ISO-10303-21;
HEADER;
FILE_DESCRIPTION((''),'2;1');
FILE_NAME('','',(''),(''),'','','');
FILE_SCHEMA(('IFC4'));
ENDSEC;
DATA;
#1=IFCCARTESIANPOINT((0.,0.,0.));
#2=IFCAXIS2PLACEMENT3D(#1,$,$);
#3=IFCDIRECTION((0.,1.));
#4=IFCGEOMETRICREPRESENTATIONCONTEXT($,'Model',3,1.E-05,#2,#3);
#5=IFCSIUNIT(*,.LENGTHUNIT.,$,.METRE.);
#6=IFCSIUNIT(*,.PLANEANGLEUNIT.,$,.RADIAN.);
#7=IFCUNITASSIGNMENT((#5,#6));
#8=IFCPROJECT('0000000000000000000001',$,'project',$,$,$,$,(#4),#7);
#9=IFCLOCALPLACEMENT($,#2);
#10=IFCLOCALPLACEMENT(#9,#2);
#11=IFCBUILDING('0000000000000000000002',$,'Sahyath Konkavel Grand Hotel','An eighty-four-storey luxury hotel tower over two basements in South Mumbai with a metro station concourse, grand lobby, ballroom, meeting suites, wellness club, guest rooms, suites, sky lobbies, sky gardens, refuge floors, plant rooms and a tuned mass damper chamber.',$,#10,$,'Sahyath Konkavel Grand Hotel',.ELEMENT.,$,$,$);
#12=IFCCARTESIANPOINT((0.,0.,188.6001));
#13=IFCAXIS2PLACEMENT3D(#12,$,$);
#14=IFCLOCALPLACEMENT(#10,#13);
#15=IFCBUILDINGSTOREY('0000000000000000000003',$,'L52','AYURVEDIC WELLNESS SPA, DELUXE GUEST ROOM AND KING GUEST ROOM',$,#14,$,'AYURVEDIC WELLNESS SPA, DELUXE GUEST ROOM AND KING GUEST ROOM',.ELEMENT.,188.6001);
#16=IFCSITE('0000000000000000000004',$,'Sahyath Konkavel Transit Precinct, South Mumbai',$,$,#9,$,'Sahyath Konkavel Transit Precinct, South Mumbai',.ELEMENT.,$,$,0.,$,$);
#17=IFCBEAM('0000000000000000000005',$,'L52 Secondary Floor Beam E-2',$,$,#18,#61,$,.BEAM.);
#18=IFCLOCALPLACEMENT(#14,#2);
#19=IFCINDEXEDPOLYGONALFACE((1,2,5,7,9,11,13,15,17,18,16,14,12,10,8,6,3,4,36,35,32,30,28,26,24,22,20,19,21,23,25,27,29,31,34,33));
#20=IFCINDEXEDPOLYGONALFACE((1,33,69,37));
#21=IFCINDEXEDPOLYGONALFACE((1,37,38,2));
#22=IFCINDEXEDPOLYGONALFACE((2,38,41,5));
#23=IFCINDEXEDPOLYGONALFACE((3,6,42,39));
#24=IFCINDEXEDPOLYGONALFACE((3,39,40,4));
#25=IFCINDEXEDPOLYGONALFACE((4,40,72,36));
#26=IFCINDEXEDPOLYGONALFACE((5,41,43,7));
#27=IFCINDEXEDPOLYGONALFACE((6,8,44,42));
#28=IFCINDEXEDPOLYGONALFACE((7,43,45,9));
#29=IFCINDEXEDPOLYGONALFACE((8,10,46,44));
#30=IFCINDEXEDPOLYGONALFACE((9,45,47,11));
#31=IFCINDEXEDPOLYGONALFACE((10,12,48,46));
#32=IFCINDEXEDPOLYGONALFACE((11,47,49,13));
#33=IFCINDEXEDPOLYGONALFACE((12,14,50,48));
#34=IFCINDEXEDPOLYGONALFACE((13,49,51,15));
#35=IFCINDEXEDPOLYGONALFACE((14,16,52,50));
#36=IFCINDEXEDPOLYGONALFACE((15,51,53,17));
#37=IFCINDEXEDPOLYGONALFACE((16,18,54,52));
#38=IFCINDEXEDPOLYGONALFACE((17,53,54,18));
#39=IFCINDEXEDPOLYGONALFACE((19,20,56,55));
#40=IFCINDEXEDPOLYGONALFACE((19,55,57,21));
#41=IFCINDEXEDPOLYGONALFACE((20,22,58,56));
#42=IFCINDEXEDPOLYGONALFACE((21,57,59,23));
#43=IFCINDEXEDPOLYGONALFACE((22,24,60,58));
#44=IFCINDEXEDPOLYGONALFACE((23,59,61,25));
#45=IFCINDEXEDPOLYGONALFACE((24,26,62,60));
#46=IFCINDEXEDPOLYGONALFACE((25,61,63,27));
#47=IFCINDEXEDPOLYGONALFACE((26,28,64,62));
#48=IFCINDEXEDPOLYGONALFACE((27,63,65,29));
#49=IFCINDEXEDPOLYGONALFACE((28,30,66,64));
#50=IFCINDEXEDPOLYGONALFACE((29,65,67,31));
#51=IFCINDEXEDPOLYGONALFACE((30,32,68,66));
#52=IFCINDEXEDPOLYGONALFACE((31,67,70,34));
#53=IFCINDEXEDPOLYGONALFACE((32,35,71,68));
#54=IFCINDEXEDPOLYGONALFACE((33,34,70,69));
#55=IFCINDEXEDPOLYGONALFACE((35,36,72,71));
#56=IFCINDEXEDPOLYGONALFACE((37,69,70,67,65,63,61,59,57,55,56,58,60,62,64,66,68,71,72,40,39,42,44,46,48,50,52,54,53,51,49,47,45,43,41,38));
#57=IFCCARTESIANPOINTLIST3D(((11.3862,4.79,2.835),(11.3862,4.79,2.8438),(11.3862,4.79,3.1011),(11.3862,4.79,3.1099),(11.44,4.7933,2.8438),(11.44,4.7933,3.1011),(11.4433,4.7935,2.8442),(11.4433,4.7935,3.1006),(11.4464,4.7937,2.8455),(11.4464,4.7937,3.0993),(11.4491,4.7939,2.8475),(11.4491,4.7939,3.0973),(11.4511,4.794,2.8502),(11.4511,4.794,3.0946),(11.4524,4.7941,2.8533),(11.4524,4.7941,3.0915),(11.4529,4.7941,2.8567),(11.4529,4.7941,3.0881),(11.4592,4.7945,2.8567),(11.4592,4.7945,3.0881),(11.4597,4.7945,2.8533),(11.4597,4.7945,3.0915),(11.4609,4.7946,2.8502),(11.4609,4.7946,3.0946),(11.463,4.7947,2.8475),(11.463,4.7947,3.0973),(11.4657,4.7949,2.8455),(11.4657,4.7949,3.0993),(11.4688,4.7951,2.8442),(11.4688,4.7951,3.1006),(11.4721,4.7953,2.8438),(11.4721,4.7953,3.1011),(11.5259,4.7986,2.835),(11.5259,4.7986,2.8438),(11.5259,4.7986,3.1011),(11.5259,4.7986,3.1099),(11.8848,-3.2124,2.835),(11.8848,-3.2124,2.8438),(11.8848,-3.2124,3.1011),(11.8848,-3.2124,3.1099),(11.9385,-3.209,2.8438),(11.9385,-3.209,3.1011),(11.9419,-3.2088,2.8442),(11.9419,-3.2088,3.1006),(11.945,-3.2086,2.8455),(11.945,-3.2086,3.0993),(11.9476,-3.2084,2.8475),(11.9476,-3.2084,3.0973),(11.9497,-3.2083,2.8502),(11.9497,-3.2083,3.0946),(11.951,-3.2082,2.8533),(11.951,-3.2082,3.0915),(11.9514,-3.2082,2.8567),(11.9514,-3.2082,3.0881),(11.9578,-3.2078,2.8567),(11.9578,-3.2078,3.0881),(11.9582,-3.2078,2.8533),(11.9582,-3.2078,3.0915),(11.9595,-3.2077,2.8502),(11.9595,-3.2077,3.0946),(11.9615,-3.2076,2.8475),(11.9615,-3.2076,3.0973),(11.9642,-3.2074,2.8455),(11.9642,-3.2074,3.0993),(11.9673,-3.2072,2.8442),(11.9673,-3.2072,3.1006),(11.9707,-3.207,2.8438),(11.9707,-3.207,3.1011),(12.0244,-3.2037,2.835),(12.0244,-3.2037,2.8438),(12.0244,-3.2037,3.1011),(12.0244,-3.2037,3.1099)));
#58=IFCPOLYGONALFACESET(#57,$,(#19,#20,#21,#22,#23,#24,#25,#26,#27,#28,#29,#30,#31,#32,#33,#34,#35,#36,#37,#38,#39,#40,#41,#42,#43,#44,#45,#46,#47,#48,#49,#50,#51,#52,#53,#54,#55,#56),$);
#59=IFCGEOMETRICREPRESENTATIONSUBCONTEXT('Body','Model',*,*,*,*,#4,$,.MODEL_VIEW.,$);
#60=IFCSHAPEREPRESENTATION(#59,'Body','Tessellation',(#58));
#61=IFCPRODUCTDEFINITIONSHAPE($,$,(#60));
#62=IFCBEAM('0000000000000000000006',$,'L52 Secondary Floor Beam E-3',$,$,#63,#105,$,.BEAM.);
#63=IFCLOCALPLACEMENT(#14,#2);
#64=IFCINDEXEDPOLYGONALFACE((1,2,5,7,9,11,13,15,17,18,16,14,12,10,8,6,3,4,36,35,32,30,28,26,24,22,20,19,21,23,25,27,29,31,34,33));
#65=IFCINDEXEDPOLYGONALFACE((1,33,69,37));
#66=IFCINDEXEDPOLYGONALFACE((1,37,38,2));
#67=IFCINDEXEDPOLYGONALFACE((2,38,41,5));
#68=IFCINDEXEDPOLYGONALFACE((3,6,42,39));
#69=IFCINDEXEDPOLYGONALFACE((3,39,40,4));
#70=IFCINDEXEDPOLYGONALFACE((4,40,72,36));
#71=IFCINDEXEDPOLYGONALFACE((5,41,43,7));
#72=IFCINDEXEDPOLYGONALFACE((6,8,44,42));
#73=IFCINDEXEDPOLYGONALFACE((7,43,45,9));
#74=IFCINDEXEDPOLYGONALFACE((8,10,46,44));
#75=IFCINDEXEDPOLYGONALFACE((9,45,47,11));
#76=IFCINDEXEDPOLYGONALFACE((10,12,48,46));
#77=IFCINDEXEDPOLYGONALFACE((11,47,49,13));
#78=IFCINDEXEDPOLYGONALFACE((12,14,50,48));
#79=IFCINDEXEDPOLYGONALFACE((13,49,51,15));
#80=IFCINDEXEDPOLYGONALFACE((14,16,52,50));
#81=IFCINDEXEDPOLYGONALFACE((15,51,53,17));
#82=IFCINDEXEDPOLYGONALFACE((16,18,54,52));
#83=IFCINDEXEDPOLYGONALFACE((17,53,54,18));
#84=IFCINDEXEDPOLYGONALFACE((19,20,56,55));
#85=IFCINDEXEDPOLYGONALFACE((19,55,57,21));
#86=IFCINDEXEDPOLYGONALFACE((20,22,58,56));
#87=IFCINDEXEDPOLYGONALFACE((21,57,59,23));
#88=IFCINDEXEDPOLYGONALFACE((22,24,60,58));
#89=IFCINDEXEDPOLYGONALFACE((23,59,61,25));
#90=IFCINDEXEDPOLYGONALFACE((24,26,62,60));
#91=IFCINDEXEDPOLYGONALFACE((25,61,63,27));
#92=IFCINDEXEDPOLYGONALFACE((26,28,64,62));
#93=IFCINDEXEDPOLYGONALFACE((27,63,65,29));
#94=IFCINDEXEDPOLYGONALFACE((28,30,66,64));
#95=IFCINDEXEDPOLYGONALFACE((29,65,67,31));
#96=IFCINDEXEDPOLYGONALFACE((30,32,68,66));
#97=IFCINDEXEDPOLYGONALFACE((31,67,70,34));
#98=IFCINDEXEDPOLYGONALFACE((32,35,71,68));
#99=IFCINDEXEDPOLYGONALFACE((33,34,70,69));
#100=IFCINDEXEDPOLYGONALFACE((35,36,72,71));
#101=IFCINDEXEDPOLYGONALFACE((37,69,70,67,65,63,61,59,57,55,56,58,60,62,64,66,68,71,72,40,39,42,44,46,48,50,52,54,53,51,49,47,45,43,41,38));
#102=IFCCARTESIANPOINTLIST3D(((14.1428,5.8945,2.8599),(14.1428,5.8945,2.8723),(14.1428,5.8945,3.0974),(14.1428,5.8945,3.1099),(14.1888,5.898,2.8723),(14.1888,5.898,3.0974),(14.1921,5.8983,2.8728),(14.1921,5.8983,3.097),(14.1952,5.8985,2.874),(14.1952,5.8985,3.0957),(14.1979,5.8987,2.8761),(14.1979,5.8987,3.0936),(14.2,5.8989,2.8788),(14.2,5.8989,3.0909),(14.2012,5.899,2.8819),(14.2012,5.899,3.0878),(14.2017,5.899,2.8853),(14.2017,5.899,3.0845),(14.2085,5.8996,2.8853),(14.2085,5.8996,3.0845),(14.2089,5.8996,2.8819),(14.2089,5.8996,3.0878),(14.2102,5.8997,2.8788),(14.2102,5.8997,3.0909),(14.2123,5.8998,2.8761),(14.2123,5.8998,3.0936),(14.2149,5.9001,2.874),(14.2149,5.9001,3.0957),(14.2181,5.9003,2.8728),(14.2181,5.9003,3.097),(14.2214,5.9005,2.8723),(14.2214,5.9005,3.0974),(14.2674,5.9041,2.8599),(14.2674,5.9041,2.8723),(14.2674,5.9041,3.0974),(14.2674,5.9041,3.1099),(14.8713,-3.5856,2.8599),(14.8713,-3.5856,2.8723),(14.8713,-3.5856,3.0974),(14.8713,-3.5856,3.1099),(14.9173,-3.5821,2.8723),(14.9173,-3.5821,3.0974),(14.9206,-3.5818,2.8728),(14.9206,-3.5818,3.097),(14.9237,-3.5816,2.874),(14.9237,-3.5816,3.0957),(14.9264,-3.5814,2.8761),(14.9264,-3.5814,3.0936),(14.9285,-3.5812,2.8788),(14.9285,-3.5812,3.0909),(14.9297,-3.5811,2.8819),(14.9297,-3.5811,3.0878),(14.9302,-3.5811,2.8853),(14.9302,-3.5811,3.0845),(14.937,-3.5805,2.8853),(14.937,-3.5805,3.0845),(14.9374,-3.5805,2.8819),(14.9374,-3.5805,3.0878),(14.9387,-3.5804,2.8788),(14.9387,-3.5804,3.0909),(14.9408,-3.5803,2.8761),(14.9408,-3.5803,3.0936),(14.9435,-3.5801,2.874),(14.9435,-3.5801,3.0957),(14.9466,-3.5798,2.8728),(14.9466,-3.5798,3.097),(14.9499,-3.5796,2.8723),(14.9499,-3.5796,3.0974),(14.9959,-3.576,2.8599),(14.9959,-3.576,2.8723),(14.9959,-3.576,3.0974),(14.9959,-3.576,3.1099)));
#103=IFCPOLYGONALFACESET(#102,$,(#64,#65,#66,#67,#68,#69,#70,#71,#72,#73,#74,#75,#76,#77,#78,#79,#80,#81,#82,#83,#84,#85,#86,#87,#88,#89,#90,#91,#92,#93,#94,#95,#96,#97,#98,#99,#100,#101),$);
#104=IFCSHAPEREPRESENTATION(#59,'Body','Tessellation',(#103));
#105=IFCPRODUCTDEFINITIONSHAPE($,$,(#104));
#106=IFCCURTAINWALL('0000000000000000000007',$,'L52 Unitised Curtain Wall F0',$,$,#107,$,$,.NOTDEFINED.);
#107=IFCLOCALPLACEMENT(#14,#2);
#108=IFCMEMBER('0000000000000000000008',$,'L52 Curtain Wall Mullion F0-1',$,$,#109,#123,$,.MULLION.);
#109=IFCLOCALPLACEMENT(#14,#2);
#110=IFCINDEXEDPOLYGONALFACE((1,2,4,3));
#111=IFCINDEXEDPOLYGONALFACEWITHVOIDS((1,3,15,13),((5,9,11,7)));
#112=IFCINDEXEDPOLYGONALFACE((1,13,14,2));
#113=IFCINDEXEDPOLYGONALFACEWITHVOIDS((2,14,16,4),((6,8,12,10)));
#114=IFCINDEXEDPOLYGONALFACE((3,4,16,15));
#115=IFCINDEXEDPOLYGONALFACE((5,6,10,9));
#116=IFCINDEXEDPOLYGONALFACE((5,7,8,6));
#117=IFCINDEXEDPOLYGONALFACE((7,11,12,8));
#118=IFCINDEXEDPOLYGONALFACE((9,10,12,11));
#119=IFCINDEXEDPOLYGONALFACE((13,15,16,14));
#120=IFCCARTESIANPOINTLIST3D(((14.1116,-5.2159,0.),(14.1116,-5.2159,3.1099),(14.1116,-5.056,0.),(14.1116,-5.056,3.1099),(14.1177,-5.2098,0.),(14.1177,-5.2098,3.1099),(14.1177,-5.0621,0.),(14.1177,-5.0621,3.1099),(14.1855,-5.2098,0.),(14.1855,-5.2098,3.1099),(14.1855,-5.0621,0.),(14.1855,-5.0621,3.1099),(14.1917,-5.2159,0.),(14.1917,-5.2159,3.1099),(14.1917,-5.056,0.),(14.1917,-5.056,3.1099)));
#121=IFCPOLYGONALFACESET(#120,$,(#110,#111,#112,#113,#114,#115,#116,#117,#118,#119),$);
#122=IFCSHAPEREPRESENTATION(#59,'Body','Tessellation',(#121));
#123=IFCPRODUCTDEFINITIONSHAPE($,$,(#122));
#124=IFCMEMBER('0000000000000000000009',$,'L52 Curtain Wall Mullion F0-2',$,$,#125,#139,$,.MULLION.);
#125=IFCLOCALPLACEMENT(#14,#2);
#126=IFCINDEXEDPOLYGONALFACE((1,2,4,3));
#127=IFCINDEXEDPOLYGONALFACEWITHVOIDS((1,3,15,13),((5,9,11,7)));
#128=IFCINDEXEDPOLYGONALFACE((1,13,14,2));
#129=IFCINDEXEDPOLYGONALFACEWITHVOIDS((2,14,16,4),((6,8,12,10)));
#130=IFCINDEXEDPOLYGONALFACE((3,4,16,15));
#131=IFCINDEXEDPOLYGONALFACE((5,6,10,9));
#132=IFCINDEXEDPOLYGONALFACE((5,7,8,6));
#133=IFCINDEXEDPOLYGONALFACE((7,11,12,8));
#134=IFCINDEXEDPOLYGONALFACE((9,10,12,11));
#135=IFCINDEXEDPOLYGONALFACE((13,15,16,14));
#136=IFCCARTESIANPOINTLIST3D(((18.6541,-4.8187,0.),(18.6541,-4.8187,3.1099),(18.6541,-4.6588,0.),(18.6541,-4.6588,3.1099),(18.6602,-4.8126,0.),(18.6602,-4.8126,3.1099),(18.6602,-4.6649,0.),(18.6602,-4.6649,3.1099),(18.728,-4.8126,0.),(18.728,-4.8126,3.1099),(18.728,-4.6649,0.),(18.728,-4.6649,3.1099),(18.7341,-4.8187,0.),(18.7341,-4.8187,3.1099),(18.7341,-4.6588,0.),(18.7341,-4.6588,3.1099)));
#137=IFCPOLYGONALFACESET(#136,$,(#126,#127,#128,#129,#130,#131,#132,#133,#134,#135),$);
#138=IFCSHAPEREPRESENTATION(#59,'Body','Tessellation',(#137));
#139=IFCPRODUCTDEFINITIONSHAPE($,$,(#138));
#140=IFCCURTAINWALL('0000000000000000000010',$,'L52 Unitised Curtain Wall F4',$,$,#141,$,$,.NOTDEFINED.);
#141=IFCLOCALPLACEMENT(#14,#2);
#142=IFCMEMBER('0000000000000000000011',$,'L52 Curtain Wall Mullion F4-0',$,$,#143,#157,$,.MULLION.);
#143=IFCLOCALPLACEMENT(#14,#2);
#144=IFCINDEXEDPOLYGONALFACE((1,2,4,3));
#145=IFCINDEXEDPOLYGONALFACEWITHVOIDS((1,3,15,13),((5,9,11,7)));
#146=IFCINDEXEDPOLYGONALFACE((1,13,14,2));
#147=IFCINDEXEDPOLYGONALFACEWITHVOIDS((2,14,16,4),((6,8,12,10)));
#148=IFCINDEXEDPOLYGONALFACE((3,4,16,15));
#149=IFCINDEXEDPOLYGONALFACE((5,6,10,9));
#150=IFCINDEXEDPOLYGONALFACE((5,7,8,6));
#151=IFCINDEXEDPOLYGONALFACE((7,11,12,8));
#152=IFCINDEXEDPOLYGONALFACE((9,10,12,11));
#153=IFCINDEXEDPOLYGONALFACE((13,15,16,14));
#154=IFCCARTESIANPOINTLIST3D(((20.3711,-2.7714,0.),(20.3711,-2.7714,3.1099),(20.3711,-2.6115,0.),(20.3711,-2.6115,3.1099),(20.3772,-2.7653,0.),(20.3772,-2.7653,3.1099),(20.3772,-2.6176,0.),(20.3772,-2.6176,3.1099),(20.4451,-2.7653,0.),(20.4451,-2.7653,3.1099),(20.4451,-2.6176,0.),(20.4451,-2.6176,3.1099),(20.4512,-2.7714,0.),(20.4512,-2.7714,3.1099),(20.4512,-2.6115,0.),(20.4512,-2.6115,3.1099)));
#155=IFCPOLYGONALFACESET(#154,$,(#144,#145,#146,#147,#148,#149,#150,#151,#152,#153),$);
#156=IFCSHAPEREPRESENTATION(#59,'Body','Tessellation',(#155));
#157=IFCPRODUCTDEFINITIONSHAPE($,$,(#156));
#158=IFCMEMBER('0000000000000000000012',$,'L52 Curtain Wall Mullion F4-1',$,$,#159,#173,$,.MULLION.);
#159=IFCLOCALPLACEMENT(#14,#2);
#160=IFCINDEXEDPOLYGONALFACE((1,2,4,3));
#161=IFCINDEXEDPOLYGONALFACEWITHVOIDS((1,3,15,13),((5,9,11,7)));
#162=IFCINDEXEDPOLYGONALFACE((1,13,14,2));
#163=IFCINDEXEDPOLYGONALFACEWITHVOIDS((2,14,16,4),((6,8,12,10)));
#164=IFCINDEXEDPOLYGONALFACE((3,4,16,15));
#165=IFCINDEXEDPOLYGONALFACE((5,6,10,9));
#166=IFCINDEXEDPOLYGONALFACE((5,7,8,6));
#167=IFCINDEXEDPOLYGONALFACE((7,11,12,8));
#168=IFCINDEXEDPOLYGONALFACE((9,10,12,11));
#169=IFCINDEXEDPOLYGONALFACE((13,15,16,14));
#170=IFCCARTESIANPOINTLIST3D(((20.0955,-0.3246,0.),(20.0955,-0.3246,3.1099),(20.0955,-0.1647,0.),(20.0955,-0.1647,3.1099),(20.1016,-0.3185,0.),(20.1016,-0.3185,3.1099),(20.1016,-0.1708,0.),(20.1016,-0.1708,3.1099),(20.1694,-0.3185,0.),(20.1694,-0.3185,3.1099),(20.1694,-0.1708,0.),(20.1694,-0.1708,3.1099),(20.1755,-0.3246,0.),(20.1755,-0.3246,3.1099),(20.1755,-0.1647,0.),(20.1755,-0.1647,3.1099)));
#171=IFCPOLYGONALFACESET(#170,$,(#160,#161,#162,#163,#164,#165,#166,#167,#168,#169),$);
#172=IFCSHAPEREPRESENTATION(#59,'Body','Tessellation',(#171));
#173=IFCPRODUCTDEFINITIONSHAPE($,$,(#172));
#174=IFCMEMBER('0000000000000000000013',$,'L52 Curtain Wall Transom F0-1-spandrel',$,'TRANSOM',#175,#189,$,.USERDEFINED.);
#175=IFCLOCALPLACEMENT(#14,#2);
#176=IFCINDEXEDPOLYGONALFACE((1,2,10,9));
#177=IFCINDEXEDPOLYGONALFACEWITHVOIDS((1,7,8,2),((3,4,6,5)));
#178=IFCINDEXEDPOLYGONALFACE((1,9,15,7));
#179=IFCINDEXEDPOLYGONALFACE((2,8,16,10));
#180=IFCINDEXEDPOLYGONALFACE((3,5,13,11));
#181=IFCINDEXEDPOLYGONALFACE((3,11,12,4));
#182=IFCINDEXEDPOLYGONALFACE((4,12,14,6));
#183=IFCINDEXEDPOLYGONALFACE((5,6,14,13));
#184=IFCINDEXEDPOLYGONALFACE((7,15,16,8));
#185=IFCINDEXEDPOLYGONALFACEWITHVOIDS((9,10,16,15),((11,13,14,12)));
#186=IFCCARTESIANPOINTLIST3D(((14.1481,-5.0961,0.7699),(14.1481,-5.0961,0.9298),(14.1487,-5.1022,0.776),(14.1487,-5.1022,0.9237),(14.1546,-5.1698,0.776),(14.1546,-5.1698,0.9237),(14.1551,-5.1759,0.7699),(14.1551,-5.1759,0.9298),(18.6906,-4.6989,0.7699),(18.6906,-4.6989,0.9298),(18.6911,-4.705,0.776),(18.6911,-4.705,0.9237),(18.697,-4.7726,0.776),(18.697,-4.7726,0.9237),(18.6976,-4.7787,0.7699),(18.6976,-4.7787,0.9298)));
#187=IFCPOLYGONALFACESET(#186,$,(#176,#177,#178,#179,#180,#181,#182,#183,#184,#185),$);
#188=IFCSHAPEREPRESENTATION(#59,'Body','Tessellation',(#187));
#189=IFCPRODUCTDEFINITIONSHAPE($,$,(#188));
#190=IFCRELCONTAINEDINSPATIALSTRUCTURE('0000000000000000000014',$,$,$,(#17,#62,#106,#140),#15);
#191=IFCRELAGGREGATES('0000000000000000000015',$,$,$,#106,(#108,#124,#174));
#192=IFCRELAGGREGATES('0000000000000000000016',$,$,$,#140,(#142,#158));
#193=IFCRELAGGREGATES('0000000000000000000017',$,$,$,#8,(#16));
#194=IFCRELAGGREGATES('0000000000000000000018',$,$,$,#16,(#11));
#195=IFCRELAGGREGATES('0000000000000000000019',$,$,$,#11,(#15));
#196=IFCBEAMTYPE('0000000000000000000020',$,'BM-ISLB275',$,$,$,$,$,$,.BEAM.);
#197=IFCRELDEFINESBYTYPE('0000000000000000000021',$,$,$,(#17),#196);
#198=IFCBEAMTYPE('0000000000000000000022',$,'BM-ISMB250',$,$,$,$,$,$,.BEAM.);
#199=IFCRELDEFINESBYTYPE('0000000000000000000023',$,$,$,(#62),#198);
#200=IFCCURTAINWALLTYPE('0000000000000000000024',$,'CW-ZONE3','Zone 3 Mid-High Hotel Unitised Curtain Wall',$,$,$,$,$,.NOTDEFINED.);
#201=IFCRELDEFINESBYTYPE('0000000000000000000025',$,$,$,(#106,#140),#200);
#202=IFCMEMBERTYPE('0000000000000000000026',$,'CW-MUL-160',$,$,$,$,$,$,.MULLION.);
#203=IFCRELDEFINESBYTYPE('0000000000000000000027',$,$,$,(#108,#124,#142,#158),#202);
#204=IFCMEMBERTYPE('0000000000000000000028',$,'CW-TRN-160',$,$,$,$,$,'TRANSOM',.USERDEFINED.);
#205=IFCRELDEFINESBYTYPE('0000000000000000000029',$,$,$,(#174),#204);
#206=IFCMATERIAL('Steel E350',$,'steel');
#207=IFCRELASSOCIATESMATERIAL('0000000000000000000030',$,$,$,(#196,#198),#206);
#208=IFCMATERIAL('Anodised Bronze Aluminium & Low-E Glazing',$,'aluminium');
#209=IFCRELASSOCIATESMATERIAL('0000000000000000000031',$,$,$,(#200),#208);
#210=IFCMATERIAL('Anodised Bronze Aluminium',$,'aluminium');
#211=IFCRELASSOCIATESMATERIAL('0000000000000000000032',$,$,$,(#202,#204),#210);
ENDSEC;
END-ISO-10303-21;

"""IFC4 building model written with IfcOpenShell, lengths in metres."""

from ifc_helpers import new_model, si_unit, direction, frame, origin, origin_2d, place, context, subcontext, project, spatial, hollow_rectangle, i_section, extrude, source, transform, mapped, material, material_profile, profile_set, type_object, element, aggregate, save


model = new_model("IFC4")

# Units and contexts
model_context = context("Model", 3, precision=1e-05, world=origin(), true_north=direction((0.0, 1.0)))
body_context = subcontext(model_context, "Body", "Model", "MODEL_VIEW")
ifc_project = project(units=[si_unit("LENGTHUNIT", "METRE"), si_unit("PLANEANGLEUNIT", "RADIAN")], contexts=[model_context])

# Site, building, storey
site_placement = place(None, origin())
site = spatial("IfcSite", under=ifc_project, at=site_placement, Name="Sahyath Konkavel Transit Precinct, South Mumbai", LongName="Sahyath Konkavel Transit Precinct, South Mumbai", CompositionType="ELEMENT", RefElevation=0.0)
building_placement = place(site_placement, origin())
building = spatial("IfcBuilding", under=site, at=building_placement, Name="Sahyath Konkavel Grand Hotel", Description="An eighty-four-storey luxury hotel tower over two basements in South Mumbai with a metro station concourse, grand lobby, ballroom, meeting suites, wellness club, guest rooms, suites, sky lobbies, sky gardens, refuge floors, plant rooms and a tuned mass damper chamber.", LongName="Sahyath Konkavel Grand Hotel", CompositionType="ELEMENT")
storey_placement = place(building_placement, frame((0.0, 0.0, 188.6001)))
storey = spatial("IfcBuildingStorey", under=building, at=storey_placement, Name="L52", Description="AYURVEDIC WELLNESS SPA, DELUXE GUEST ROOM AND KING GUEST ROOM", LongName="AYURVEDIC WELLNESS SPA, DELUXE GUEST ROOM AND KING GUEST ROOM", CompositionType="ELEMENT", Elevation=188.6001)

# Beams
ifc_material_1 = material(Name="Steel E350", Category="steel")
ifc_material_profile_1 = material_profile(ifc_material_1, i_section(OverallWidth=0.1399, OverallDepth=0.2749, WebThickness=0.0063, FlangeThickness=0.0088, FilletRadius=0.0129, at=origin_2d()), Name="ISLB 275")
ifc_profile_set_1 = profile_set([ifc_material_profile_1], Name="Steel E350")
beam_type_1 = type_object("IfcBeamType", Name="BM-ISLB275", PredefinedType="BEAM", material=ifc_profile_set_1)
shared_shape_1 = source(origin(), body_context, "Body", "SweptSolid", [
    extrude(i_section(OverallWidth=0.1399, OverallDepth=0.2749, WebThickness=0.0063, FlangeThickness=0.0088, FilletRadius=0.0129, at=origin_2d()), origin(), (0.0, 0.0, 1.0), 8.0178),
])
beam_1_placement = place(storey_placement, frame((11.9546, -3.208, 2.9724), z_axis=(-0.062179, 0.998065, 0.0), x_axis=(-0.998065, -0.062179, 0.0)))
element("IfcBeam", 1, at=beam_1_placement, inside=storey, type_object=beam_type_1, Name="L52 Secondary Floor Beam E-2", PredefinedType="BEAM", context=body_context, shape_type="MappedRepresentation", body=[
    mapped(shared_shape_1, transform((0.0, 0.0, 0.0), scale=1.0)),
])
ifc_material_profile_2 = material_profile(ifc_material_1, i_section(OverallWidth=0.125, OverallDepth=0.25, WebThickness=0.0068, FlangeThickness=0.0125, FilletRadius=0.0129, at=origin_2d()), Name="ISMB 250")
ifc_profile_set_2 = profile_set([ifc_material_profile_2], Name="Steel E350")
beam_type_2 = type_object("IfcBeamType", Name="BM-ISMB250", PredefinedType="BEAM", material=ifc_profile_set_2)
shared_shape_2 = source(origin(), body_context, "Body", "SweptSolid", [
    extrude(i_section(OverallWidth=0.125, OverallDepth=0.25, WebThickness=0.0068, FlangeThickness=0.0125, FilletRadius=0.0129, at=origin_2d()), origin(), (0.0, 0.0, 1.0), 9.5081),
])
beam_2_placement = place(storey_placement, frame((14.9336, -3.5808, 2.9849), z_axis=(-0.07662, 0.99706, 0.0), x_axis=(-0.99706, -0.07662, 0.0)))
element("IfcBeam", 2, at=beam_2_placement, inside=storey, type_object=beam_type_2, Name="L52 Secondary Floor Beam E-3", PredefinedType="BEAM", context=body_context, shape_type="MappedRepresentation", body=[
    mapped(shared_shape_2, transform((0.0, 0.0, 0.0), scale=1.0)),
])

# Curtain walls, members
ifc_material_2 = material(Name="Anodised Bronze Aluminium & Low-E Glazing", Category="aluminium")
curtain_wall_type = type_object("IfcCurtainWallType", Name="CW-ZONE3", Description="Zone 3 Mid-High Hotel Unitised Curtain Wall", PredefinedType="NOTDEFINED", material=ifc_material_2)
curtain_wall_1_placement = place(storey_placement, origin())
curtain_wall_1 = element("IfcCurtainWall", 3, at=curtain_wall_1_placement, inside=storey, type_object=curtain_wall_type, Name="L52 Unitised Curtain Wall F0", PredefinedType="NOTDEFINED")
ifc_material_3 = material(Name="Anodised Bronze Aluminium", Category="aluminium")
ifc_material_profile_3 = material_profile(ifc_material_3, hollow_rectangle(XDim=0.0801, YDim=0.1599, WallThickness=0.0061, at=origin_2d()), Name="RHS 160x80x6")
ifc_profile_set_3 = profile_set([ifc_material_profile_3], Name="Anodised Bronze Aluminium")
member_type_1 = type_object("IfcMemberType", Name="CW-MUL-160", PredefinedType="MULLION", material=ifc_profile_set_3)
shared_shape_3 = source(origin(), body_context, "Body", "SweptSolid", [
    extrude(hollow_rectangle(XDim=0.0801, YDim=0.1599, WallThickness=0.0061, at=origin_2d()), origin(), (0.0, 0.0, 1.0), 3.1099),
])
member_1_placement = place(storey_placement, frame((14.1516, -5.136, 0.0), z_axis=(0.0, 0.0, 1.0), x_axis=(1.0, 0.0, 0.0)))
member_1 = element("IfcMember", 4, at=member_1_placement, type_object=member_type_1, Name="L52 Curtain Wall Mullion F0-1", PredefinedType="MULLION", context=body_context, shape_type="MappedRepresentation", body=[
    mapped(shared_shape_3, transform((0.0, 0.0, 0.0), scale=1.0)),
])
member_2_placement = place(storey_placement, frame((18.6941, -4.7388, 0.0), z_axis=(0.0, 0.0, 1.0), x_axis=(1.0, 0.0, 0.0)))
member_2 = element("IfcMember", 5, at=member_2_placement, type_object=member_type_1, Name="L52 Curtain Wall Mullion F0-2", PredefinedType="MULLION", context=body_context, shape_type="MappedRepresentation", body=[
    mapped(shared_shape_3, transform((0.0, 0.0, 0.0), scale=1.0)),
])
curtain_wall_2_placement = place(storey_placement, origin())
curtain_wall_2 = element("IfcCurtainWall", 6, at=curtain_wall_2_placement, inside=storey, type_object=curtain_wall_type, Name="L52 Unitised Curtain Wall F4", PredefinedType="NOTDEFINED")
member_3_placement = place(storey_placement, frame((20.4111, -2.6914, 0.0), z_axis=(0.0, 0.0, 1.0), x_axis=(1.0, 0.0, 0.0)))
member_3 = element("IfcMember", 7, at=member_3_placement, type_object=member_type_1, Name="L52 Curtain Wall Mullion F4-0", PredefinedType="MULLION", context=body_context, shape_type="MappedRepresentation", body=[
    mapped(shared_shape_3, transform((0.0, 0.0, 0.0), scale=1.0)),
])
member_4_placement = place(storey_placement, frame((20.1355, -0.2446, 0.0), z_axis=(0.0, 0.0, 1.0), x_axis=(1.0, 0.0, 0.0)))
member_4 = element("IfcMember", 8, at=member_4_placement, type_object=member_type_1, Name="L52 Curtain Wall Mullion F4-1", PredefinedType="MULLION", context=body_context, shape_type="MappedRepresentation", body=[
    mapped(shared_shape_3, transform((0.0, 0.0, 0.0), scale=1.0)),
])

# Member
ifc_material_profile_4 = material_profile(ifc_material_3, hollow_rectangle(XDim=0.0801, YDim=0.1599, WallThickness=0.0061, at=origin_2d()), Name="RHS 160x80x6")
ifc_profile_set_4 = profile_set([ifc_material_profile_4], Name="Anodised Bronze Aluminium")
member_type_2 = type_object("IfcMemberType", Name="CW-TRN-160", ElementType="TRANSOM", PredefinedType="USERDEFINED", material=ifc_profile_set_4)
shared_shape_4 = source(origin(), body_context, "Body", "SweptSolid", [
    extrude(hollow_rectangle(XDim=0.0801, YDim=0.1599, WallThickness=0.0061, at=origin_2d()), origin(), (0.0, 0.0, 1.0), 4.5598),
])
member_5_placement = place(storey_placement, frame((14.1516, -5.136, 0.8499), z_axis=(0.996198, 0.087112, 0.0), x_axis=(-0.087112, 0.996198, 0.0)))
member_5 = element("IfcMember", 9, at=member_5_placement, type_object=member_type_2, Name="L52 Curtain Wall Transom F0-1-spandrel", ObjectType="TRANSOM", PredefinedType="USERDEFINED", context=body_context, shape_type="MappedRepresentation", body=[
    mapped(shared_shape_4, transform((0.0, 0.0, 0.0), scale=1.0)),
])

aggregate(curtain_wall_1, [member_1, member_2, member_5])
aggregate(curtain_wall_2, [member_3, member_4])

save(model, "model.ifc")
